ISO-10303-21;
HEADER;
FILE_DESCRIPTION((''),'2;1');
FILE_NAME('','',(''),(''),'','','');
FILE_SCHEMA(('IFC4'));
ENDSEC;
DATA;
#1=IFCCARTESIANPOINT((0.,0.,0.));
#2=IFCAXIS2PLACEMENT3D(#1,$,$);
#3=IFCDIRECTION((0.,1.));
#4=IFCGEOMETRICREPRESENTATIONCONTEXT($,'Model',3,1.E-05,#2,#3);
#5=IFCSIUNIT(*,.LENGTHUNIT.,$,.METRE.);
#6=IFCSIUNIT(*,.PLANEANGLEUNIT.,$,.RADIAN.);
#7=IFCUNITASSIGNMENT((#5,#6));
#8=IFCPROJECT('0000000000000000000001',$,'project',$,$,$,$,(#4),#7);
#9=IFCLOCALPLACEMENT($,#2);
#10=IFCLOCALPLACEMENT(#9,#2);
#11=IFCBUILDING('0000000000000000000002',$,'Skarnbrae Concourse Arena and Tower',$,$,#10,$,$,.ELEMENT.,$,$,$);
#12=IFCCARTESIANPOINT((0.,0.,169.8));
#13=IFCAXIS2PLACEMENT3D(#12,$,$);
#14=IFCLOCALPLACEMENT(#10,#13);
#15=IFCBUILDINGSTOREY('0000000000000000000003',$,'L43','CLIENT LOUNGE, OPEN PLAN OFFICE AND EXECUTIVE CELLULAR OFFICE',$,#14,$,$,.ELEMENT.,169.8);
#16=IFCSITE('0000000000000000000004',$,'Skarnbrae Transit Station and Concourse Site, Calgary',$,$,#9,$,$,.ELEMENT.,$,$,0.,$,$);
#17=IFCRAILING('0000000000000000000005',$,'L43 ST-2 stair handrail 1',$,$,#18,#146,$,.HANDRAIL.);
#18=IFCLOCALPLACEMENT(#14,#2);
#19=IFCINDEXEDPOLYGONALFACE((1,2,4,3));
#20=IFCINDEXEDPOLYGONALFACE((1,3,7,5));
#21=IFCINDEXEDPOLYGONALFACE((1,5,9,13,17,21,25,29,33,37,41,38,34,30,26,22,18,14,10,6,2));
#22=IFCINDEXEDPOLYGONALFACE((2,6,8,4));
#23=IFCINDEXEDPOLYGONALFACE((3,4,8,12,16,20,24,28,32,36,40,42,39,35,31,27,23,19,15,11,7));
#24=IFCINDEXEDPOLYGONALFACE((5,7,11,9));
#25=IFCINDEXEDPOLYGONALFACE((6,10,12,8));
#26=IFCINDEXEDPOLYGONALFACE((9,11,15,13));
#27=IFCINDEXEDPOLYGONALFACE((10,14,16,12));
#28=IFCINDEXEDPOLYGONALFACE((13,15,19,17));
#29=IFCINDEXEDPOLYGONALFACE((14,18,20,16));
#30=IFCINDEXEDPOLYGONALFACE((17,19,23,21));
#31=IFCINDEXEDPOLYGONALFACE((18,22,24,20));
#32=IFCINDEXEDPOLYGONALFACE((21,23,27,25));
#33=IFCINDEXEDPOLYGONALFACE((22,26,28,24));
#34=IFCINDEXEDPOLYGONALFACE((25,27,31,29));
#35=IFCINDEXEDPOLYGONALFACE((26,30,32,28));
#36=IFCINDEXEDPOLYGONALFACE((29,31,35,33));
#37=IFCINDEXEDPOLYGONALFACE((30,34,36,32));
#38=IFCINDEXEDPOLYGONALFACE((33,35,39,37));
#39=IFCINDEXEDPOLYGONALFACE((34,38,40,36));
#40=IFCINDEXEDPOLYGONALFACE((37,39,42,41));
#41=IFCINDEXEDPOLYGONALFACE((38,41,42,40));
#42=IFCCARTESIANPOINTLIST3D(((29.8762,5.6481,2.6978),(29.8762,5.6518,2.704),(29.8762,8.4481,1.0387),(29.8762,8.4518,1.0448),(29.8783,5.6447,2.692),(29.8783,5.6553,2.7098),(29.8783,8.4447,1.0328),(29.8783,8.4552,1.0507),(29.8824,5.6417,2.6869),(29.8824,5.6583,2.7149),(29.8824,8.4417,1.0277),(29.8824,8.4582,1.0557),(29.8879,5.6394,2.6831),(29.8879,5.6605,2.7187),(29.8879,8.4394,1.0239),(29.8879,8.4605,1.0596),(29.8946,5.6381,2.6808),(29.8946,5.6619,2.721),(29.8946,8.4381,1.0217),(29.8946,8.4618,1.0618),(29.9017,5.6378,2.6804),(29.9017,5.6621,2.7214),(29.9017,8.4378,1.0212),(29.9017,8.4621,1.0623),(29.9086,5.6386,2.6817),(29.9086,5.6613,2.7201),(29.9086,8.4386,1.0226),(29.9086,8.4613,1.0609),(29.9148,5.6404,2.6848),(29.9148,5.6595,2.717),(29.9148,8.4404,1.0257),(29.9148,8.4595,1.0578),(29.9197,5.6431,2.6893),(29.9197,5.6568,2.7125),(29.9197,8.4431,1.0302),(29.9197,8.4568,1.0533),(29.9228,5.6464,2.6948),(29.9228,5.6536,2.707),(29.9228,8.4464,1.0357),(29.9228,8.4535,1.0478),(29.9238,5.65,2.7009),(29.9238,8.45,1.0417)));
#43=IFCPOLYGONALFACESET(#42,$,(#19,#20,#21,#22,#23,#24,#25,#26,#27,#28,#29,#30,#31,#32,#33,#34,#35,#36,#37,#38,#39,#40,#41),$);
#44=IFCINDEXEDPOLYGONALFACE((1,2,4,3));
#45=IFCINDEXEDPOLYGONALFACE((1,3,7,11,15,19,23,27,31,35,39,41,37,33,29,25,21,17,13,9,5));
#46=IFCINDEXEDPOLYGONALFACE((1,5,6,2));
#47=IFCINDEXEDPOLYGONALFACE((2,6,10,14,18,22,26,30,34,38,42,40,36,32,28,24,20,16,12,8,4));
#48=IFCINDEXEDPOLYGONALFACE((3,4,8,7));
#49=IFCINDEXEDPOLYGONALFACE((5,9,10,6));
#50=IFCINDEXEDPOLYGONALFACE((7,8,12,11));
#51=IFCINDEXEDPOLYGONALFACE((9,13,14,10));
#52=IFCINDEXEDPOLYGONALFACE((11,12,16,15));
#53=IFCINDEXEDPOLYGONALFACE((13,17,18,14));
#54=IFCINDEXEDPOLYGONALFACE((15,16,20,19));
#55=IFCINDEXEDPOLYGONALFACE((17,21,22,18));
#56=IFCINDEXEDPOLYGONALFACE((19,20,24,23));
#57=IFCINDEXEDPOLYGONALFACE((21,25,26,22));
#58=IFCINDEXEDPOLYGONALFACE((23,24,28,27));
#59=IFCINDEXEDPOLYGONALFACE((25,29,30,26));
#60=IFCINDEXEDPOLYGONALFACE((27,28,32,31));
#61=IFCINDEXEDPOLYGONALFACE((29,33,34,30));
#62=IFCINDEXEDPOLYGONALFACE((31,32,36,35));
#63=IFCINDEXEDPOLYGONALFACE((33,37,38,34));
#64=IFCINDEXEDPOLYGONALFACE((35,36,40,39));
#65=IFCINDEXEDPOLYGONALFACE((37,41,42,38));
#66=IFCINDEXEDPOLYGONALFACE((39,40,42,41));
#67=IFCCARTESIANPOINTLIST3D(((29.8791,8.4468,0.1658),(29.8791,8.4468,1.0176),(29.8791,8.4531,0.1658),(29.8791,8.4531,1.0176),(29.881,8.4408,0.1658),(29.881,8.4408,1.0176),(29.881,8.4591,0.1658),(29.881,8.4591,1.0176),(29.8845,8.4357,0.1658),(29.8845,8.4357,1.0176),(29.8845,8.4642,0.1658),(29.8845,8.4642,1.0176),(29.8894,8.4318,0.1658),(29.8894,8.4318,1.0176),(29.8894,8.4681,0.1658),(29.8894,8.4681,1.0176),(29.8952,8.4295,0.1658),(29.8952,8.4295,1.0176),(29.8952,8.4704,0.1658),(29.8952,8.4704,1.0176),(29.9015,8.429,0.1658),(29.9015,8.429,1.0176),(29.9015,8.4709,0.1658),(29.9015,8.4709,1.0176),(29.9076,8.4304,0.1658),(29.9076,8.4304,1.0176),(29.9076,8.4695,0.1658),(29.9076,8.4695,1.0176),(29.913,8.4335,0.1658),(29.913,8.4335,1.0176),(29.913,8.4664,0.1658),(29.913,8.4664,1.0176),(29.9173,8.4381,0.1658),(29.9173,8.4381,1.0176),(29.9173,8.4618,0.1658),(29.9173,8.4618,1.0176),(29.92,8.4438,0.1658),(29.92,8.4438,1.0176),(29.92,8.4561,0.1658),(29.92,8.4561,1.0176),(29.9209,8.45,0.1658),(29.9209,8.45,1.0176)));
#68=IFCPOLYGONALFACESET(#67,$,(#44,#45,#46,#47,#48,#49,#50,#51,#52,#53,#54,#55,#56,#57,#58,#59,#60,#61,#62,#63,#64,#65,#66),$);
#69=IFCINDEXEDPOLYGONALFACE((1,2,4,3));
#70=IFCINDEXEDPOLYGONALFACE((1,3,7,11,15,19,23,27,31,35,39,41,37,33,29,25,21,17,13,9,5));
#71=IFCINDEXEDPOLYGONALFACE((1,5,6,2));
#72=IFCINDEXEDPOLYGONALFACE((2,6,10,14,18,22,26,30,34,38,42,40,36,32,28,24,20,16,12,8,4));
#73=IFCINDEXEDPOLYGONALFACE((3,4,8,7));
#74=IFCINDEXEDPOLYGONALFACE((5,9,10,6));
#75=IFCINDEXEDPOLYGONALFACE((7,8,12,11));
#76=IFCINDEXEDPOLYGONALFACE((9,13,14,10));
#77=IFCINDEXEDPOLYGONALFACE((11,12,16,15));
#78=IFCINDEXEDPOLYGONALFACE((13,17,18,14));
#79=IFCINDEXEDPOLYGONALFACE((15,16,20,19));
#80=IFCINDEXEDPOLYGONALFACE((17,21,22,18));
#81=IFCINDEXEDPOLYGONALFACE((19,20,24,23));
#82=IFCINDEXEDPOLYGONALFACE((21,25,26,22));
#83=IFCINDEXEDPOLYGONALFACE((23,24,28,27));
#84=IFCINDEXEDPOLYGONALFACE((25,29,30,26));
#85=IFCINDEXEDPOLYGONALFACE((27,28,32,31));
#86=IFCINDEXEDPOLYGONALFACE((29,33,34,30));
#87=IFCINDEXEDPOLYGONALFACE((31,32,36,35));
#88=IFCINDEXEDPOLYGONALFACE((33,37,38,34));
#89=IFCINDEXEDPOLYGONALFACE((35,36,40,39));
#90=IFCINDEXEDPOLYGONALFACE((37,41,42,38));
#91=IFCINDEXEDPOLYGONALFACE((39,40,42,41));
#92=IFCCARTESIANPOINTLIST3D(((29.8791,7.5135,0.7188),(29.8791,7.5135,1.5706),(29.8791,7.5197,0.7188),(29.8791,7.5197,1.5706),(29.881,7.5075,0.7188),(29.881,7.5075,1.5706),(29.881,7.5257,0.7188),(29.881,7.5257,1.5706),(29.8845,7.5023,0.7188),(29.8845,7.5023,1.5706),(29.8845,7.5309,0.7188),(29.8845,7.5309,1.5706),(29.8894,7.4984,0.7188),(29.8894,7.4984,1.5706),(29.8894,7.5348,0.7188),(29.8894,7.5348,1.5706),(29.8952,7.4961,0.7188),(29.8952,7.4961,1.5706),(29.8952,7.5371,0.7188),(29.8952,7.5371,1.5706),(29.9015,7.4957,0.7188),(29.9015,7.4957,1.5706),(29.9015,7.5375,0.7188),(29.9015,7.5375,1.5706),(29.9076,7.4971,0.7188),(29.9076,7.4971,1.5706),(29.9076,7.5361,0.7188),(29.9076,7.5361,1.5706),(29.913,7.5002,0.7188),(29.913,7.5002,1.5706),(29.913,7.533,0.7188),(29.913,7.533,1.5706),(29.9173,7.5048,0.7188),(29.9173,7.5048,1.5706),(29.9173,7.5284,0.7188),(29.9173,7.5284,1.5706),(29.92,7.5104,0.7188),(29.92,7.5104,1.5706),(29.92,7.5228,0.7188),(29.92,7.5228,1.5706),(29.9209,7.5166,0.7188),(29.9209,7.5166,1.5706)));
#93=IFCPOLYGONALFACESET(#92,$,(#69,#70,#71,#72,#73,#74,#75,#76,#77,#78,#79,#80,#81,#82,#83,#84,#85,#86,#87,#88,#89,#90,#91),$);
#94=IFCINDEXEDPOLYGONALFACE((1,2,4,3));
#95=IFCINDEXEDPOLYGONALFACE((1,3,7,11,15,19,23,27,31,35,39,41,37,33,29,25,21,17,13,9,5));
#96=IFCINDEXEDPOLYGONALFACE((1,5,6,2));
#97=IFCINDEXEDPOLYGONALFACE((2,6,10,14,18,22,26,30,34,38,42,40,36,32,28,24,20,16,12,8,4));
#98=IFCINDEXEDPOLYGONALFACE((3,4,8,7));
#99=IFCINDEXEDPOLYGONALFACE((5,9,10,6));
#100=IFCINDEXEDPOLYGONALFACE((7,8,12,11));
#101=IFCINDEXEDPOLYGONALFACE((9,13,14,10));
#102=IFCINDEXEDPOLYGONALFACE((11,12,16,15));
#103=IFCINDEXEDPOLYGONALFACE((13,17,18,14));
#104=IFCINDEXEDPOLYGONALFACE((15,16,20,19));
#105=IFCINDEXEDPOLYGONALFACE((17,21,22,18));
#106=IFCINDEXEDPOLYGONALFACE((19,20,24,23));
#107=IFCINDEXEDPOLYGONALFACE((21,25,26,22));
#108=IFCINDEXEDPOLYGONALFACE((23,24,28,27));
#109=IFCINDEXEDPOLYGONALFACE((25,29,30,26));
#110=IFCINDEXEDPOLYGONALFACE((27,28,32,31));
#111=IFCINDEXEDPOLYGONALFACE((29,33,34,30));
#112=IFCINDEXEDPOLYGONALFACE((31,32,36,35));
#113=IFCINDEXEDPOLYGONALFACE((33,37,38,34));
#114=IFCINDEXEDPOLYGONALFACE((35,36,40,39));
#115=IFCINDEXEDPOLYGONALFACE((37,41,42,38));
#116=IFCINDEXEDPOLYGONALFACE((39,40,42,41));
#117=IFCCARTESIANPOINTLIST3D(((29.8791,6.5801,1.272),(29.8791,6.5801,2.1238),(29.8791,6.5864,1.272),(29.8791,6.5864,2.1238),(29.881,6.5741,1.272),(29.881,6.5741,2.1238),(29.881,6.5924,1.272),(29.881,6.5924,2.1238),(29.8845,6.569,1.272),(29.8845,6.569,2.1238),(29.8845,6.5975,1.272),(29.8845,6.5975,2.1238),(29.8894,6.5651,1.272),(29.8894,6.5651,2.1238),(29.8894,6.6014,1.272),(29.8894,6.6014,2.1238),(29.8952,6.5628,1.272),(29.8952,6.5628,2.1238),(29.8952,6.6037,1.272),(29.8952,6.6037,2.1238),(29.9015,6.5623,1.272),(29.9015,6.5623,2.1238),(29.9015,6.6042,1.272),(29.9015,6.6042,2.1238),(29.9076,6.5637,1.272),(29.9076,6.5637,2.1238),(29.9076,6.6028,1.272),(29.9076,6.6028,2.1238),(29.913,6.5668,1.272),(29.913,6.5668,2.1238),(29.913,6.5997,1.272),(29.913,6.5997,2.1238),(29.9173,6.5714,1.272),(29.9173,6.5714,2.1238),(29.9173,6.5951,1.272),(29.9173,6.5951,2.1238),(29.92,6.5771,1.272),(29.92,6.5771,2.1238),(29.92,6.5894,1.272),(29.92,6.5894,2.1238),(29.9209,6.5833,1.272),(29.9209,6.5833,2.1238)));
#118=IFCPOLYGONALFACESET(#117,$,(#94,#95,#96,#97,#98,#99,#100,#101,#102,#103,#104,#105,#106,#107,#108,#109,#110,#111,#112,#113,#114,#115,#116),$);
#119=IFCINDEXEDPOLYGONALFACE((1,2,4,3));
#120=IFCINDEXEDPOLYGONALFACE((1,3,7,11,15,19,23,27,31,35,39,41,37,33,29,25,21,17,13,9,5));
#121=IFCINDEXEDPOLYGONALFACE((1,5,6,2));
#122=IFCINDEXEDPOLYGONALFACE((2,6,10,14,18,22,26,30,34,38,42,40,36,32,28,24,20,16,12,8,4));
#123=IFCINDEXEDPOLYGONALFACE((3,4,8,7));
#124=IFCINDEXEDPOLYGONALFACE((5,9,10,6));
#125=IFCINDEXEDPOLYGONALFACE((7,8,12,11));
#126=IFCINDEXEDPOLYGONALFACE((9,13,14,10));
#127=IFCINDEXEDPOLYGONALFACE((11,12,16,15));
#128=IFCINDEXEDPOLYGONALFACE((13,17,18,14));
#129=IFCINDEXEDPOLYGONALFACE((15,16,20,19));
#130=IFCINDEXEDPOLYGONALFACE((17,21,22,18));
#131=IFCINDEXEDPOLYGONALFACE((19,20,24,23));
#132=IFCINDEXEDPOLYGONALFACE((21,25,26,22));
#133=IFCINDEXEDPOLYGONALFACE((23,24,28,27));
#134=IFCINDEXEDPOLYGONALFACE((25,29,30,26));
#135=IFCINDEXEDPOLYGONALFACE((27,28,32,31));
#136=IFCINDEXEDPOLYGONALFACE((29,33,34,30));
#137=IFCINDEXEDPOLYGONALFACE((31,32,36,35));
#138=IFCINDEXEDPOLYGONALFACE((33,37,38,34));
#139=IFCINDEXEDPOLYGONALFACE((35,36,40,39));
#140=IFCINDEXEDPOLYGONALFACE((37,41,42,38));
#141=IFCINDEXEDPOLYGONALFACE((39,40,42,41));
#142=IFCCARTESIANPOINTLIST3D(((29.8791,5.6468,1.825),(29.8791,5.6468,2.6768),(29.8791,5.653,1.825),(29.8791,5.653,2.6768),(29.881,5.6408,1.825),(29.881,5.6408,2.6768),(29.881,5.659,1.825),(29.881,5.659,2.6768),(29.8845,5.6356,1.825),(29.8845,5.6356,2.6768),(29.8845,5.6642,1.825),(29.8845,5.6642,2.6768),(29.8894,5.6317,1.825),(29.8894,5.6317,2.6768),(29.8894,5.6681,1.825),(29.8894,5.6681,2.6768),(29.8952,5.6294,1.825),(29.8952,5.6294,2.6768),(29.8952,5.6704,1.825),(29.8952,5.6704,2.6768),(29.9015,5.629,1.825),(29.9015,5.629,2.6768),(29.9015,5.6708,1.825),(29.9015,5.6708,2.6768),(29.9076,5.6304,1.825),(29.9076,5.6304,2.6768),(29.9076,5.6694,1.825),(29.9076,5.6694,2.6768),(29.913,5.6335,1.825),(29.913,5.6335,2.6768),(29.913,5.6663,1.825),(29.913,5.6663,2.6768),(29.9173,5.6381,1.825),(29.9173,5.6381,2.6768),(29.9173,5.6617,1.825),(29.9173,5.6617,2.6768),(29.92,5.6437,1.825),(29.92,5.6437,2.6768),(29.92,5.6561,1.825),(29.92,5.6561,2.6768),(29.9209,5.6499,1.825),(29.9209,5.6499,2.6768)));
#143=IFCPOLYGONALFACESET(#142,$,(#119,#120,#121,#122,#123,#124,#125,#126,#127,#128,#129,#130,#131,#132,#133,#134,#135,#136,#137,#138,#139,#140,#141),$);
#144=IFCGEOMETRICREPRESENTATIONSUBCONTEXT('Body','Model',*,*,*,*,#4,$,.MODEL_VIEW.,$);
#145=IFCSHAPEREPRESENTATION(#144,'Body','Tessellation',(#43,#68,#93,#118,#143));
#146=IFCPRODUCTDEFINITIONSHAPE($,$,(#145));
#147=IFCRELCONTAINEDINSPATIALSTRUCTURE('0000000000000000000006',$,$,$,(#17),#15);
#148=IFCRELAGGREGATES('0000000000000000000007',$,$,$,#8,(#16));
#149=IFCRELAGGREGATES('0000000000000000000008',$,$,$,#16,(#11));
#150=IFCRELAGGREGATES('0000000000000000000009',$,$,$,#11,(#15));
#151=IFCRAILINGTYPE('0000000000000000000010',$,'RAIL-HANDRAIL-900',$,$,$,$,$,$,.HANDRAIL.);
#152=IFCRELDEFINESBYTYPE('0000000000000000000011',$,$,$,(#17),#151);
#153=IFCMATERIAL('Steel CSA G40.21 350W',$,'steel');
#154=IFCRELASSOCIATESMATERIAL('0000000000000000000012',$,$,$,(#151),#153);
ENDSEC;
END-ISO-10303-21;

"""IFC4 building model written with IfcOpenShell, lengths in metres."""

from ifc_helpers import new_model, si_unit, direction, frame, origin, origin_2d, place, context, subcontext, project, spatial, circle, extrude, material, type_object, element, save


model = new_model("IFC4")

# Units and contexts
model_context = context("Model", 3, precision=1e-05, world=origin(), true_north=direction((0.0, 1.0)))
body_context = subcontext(model_context, "Body", "Model", "MODEL_VIEW")
ifc_project = project(units=[si_unit("LENGTHUNIT", "METRE"), si_unit("PLANEANGLEUNIT", "RADIAN")], contexts=[model_context])

# Site, building, storey
site_placement = place(None, origin())
site = spatial("IfcSite", under=ifc_project, at=site_placement, Name="Skarnbrae Transit Station and Concourse Site, Calgary", CompositionType="ELEMENT", RefElevation=0.0)
building_placement = place(site_placement, origin())
building = spatial("IfcBuilding", under=site, at=building_placement, Name="Skarnbrae Concourse Arena and Tower", CompositionType="ELEMENT")
storey_placement = place(building_placement, frame((0.0, 0.0, 169.8)))
storey = spatial("IfcBuildingStorey", under=building, at=storey_placement, Name="L43", Description="CLIENT LOUNGE, OPEN PLAN OFFICE AND EXECUTIVE CELLULAR OFFICE", CompositionType="ELEMENT", Elevation=169.8)

# Shared definitions
ifc_material_1 = material(Name="Steel CSA G40.21 350W", Category="steel")

# Railing
railing_type_1 = type_object("IfcRailingType", Name="RAIL-HANDRAIL-900", PredefinedType="HANDRAIL", material=ifc_material_1)
railing_1_placement = place(storey_placement, frame((29.8999, 8.45, 0.1658)))
element("IfcRailing", 1, at=railing_1_placement, inside=storey, type_object=railing_type_1, Name="L43 ST-2 stair handrail 1", PredefinedType="HANDRAIL", context=body_context, shape_type="SweptSolid", body=[
    extrude(circle(Radius=0.0239, at=origin_2d()), frame((0.0, 0.0, 0.876), z_axis=(0.0, -0.860306, 0.509778), x_axis=(1.0, 0.0, 0.0)), (0.0, 0.0, 1.0), 3.2546),
    extrude(circle(Radius=0.021, at=origin_2d()), origin(), (0.0, 0.0, 1.0), 0.8518),
    extrude(circle(Radius=0.021, at=origin_2d()), frame((0.0, -0.9333, 0.553)), (0.0, 0.0, 1.0), 0.8518),
    extrude(circle(Radius=0.021, at=origin_2d()), frame((0.0, -1.8667, 1.1062)), (0.0, 0.0, 1.0), 0.8518),
    extrude(circle(Radius=0.021, at=origin_2d()), frame((0.0, -2.8, 1.6592)), (0.0, 0.0, 1.0), 0.8518),
])

save(model, "model.ifc")
